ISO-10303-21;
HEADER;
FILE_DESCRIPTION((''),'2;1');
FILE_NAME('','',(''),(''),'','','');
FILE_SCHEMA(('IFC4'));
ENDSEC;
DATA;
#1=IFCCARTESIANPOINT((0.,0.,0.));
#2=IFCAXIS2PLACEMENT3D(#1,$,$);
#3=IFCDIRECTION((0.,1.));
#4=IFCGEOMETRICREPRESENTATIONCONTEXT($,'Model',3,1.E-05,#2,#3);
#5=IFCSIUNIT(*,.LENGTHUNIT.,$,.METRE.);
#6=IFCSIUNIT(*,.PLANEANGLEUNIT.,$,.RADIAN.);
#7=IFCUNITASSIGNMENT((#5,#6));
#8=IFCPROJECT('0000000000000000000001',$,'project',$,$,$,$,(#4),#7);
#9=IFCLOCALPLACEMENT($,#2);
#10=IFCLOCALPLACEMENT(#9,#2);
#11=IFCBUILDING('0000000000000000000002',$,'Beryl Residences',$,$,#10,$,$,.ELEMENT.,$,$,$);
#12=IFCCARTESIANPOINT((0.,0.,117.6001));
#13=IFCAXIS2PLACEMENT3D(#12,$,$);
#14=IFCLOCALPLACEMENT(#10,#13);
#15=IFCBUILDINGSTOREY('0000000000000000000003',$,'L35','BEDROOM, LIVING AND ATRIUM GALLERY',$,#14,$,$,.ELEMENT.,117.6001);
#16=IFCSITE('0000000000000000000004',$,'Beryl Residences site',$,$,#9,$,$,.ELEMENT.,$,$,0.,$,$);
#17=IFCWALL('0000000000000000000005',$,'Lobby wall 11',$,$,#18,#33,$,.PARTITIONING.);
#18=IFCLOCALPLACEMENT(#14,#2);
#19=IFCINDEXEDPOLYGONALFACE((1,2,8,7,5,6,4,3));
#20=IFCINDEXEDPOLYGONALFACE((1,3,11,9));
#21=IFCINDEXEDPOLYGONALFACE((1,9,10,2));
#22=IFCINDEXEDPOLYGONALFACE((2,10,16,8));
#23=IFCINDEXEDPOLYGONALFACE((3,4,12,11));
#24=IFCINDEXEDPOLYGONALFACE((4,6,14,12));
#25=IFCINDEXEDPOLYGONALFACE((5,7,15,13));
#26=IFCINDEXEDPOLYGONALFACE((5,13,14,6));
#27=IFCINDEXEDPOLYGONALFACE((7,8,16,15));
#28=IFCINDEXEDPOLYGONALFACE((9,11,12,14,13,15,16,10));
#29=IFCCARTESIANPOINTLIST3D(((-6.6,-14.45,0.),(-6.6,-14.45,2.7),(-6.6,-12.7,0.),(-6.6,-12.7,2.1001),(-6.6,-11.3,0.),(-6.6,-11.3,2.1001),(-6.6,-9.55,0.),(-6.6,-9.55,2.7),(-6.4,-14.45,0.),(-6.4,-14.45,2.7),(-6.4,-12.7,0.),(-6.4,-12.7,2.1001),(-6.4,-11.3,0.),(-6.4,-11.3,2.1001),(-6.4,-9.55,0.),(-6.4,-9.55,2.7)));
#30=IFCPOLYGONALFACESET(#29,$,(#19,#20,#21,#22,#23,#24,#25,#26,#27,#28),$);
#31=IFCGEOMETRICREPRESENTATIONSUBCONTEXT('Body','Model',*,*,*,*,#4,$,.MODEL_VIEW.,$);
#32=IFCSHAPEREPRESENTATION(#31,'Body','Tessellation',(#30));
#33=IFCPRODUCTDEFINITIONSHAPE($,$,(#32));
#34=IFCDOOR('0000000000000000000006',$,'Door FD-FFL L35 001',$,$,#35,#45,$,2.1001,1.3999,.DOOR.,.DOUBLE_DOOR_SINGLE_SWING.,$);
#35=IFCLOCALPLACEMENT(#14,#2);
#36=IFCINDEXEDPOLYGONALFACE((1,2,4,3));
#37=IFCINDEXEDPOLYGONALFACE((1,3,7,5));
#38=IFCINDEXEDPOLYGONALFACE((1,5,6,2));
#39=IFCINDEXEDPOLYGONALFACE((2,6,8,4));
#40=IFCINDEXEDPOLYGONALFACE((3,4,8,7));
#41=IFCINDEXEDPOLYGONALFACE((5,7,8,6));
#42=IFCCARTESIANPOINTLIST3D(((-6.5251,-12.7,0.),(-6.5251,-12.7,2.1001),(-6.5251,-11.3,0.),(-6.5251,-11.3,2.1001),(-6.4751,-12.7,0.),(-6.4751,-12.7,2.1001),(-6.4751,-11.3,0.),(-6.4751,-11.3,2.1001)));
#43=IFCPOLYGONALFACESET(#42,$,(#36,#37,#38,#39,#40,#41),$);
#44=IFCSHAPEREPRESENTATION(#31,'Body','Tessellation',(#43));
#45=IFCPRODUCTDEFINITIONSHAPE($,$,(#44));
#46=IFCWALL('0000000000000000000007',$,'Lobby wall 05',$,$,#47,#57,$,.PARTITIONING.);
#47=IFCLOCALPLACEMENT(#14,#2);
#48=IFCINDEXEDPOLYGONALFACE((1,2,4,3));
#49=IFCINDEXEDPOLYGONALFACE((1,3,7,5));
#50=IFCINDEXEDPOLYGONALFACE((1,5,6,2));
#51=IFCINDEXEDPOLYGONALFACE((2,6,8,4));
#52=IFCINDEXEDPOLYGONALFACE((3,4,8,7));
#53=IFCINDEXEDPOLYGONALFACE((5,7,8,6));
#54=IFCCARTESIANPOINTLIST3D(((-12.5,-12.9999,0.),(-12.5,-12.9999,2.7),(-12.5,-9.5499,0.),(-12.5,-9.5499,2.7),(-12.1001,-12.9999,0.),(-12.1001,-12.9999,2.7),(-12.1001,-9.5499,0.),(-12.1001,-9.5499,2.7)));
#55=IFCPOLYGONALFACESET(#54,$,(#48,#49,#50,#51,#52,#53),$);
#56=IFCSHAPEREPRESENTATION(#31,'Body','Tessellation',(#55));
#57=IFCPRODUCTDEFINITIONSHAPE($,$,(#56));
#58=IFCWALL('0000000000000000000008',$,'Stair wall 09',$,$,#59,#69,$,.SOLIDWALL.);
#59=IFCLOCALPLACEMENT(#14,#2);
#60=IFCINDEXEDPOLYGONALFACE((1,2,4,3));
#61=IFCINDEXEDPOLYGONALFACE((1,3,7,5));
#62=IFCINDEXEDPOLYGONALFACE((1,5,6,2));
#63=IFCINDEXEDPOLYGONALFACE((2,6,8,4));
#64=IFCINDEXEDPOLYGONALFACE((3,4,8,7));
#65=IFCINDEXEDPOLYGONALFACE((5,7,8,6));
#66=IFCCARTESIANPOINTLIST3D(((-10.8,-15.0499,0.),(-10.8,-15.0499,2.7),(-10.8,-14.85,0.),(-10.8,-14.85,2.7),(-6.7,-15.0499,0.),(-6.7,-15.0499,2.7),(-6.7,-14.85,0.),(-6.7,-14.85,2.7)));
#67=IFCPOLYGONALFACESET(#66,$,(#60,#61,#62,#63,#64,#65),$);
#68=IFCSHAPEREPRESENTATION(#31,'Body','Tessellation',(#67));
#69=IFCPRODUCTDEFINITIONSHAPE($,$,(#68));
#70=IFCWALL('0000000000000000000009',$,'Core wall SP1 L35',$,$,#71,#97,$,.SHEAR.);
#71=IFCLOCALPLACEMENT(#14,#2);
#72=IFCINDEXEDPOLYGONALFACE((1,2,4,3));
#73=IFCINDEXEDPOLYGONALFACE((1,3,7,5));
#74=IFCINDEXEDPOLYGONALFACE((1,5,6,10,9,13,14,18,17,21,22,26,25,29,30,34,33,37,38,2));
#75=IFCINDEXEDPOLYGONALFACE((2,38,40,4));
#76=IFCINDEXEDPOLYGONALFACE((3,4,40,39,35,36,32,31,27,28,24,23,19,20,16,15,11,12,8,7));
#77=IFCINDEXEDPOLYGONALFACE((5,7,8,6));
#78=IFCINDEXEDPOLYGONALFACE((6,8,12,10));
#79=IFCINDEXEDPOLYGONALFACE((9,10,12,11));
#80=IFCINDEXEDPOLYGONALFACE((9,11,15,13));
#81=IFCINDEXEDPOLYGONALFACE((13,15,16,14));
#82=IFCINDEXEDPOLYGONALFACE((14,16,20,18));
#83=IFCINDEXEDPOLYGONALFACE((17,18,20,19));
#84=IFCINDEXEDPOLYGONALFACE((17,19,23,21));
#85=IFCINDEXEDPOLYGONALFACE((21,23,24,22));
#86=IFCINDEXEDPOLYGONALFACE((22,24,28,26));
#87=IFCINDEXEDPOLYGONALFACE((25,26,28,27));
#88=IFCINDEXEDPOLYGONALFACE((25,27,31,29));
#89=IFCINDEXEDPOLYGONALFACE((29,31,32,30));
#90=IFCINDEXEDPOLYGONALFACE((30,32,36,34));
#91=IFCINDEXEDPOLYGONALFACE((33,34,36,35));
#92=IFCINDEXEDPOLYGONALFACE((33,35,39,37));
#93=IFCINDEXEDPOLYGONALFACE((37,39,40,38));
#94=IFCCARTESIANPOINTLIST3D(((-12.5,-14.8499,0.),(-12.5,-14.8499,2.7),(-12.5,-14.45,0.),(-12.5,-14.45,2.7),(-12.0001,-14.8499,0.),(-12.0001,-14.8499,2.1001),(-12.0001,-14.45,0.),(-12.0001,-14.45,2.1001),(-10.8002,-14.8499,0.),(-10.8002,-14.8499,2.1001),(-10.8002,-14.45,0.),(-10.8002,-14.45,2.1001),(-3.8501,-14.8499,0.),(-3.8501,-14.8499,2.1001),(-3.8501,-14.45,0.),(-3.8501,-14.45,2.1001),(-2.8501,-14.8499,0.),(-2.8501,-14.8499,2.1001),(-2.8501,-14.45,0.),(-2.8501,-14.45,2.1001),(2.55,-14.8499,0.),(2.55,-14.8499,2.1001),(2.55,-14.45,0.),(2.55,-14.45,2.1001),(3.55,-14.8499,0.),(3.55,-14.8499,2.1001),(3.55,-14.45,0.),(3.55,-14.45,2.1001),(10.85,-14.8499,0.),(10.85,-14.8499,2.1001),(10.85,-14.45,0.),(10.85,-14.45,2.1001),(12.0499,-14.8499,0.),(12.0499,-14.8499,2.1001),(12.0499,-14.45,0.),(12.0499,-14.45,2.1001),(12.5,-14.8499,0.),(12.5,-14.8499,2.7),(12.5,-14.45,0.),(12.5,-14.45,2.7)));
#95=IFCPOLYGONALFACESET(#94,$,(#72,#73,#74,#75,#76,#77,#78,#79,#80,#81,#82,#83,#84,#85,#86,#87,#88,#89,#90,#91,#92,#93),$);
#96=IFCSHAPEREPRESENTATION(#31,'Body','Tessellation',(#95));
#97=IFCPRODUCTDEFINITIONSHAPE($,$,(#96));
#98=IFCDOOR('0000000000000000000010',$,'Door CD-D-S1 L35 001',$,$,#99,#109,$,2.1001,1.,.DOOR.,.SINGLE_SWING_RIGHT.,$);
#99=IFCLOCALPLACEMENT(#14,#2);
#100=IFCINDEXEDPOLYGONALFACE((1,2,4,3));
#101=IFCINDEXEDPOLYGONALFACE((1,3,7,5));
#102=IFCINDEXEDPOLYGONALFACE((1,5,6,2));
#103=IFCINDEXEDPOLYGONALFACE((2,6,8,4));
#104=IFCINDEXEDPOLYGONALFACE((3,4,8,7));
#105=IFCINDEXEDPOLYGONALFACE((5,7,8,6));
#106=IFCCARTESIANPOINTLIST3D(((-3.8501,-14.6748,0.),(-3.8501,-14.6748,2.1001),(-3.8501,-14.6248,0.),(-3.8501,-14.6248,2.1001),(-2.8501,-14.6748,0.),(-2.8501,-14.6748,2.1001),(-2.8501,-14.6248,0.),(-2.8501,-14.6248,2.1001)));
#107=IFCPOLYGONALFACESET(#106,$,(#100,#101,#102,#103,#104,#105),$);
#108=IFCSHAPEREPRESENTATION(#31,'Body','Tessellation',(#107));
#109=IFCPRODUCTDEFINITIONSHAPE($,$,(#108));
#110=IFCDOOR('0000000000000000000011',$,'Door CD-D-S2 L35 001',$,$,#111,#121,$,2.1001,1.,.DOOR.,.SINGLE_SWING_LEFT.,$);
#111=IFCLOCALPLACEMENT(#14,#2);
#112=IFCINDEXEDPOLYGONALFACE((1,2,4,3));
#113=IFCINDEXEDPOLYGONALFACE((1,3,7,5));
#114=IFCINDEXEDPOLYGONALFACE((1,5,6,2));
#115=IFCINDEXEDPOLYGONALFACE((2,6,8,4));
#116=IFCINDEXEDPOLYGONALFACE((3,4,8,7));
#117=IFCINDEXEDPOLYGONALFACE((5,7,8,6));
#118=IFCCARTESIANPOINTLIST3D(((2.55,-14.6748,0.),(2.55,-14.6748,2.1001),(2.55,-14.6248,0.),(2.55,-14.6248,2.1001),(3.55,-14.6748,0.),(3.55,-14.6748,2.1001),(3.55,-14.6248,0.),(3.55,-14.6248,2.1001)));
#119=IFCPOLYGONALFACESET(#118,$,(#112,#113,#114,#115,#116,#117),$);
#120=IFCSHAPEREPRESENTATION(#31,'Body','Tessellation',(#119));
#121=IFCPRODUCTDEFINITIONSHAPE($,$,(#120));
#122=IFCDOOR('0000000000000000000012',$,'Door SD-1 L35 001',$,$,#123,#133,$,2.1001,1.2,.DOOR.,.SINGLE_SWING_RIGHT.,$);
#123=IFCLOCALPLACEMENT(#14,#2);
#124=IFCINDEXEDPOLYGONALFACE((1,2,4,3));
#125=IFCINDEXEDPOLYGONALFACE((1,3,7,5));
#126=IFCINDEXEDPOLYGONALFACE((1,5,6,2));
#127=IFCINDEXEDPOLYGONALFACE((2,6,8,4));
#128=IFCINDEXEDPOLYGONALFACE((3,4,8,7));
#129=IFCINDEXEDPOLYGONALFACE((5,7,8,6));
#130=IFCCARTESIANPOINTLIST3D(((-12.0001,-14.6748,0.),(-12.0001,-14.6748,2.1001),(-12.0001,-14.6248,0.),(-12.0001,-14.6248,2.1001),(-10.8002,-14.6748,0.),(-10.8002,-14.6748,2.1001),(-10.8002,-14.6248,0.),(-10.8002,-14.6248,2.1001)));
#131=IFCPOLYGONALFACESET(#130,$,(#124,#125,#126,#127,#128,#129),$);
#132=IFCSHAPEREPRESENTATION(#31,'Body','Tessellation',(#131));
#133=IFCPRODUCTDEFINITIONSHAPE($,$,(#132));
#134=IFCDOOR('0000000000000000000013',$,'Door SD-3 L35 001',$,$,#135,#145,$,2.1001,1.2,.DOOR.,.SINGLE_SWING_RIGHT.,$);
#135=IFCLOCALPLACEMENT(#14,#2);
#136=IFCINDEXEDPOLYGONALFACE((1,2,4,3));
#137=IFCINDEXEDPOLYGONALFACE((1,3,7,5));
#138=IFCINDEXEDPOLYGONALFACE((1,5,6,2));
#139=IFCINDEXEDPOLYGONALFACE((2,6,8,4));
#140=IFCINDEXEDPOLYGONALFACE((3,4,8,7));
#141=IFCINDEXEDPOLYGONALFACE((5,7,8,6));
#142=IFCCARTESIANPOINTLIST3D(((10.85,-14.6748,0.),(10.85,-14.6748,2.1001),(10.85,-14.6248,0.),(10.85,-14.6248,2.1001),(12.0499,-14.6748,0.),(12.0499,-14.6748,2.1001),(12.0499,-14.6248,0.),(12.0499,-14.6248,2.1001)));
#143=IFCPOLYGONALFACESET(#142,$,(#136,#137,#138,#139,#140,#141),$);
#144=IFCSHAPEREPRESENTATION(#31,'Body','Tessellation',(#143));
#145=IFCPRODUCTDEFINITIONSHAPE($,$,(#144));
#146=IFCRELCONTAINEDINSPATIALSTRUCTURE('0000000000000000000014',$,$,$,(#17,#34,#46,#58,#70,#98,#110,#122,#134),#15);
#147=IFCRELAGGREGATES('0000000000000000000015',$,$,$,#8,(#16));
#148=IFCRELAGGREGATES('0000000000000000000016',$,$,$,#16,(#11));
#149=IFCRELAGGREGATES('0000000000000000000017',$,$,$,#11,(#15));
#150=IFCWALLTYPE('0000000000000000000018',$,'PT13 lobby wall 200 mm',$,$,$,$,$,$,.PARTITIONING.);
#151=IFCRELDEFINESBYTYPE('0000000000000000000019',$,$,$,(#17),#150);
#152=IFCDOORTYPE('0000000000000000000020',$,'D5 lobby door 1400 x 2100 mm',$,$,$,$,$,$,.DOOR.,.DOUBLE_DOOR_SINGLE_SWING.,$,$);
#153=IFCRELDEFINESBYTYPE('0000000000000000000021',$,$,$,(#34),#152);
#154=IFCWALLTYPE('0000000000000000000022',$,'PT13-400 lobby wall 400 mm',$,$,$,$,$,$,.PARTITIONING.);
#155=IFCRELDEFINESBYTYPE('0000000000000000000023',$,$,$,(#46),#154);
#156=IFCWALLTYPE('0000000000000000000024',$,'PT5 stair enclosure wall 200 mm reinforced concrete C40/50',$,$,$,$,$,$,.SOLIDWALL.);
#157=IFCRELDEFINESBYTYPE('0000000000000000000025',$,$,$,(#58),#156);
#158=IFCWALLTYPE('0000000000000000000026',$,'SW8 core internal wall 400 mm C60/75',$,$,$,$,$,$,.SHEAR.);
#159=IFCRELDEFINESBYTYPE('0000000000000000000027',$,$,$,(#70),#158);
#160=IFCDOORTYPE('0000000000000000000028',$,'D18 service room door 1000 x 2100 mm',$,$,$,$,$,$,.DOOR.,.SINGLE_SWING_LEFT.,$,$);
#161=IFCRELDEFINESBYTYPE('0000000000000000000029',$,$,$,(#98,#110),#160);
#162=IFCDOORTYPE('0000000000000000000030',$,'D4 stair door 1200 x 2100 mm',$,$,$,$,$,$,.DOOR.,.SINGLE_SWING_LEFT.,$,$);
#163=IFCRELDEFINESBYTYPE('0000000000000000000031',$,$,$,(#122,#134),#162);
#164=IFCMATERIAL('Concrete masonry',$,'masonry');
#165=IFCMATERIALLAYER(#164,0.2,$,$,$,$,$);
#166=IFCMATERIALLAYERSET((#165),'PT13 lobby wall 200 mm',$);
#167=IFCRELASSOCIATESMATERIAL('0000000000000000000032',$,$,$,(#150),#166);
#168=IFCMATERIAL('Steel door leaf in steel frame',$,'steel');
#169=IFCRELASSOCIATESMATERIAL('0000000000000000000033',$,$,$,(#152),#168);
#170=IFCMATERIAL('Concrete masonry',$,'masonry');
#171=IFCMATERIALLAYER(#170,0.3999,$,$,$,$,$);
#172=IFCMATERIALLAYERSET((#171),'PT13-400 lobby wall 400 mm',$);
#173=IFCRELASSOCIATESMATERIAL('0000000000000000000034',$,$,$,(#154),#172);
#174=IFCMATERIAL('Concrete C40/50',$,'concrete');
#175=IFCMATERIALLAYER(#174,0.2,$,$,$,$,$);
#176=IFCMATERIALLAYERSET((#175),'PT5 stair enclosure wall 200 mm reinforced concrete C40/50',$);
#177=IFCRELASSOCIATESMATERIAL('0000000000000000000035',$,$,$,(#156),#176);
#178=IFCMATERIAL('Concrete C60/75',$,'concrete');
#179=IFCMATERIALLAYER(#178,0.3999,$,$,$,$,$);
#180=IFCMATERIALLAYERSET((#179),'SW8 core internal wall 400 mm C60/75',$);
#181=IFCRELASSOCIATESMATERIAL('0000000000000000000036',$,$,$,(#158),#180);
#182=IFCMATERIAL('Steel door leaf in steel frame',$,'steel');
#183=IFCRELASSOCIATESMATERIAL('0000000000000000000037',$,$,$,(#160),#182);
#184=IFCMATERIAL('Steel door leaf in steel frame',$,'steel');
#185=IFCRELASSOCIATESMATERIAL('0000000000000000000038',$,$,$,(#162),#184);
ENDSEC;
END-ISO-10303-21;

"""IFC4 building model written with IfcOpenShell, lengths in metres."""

from ifc_helpers import new_model, si_unit, direction, frame, frame_2d, origin, place, context, subcontext, project, spatial, rectangle, extrude, material, layer, layer_set, type_object, element, fill, save


model = new_model("IFC4")

# Units and contexts
model_context = context("Model", 3, precision=1e-05, world=origin(), true_north=direction((0.0, 1.0)))
body_context = subcontext(model_context, "Body", "Model", "MODEL_VIEW")
ifc_project = project(units=[si_unit("LENGTHUNIT", "METRE"), si_unit("PLANEANGLEUNIT", "RADIAN")], contexts=[model_context])

# Site, building, storey
site_placement = place(None, origin())
site = spatial("IfcSite", under=ifc_project, at=site_placement, Name="Beryl Residences site", CompositionType="ELEMENT", RefElevation=0.0)
building_placement = place(site_placement, origin())
building = spatial("IfcBuilding", under=site, at=building_placement, Name="Beryl Residences", CompositionType="ELEMENT")
storey_placement = place(building_placement, frame((0.0, 0.0, 117.6001)))
storey = spatial("IfcBuildingStorey", under=building, at=storey_placement, Name="L35", Description="BEDROOM, LIVING AND ATRIUM GALLERY", CompositionType="ELEMENT", Elevation=117.6001)

# Wall, opening, door
ifc_material_1 = material(Name="Concrete masonry", Category="masonry")
ifc_layer_1 = layer(ifc_material_1, 0.2)
ifc_layer_set_1 = layer_set([ifc_layer_1], Name="PT13 lobby wall 200 mm")
wall_type_1 = type_object("IfcWallType", Name="PT13 lobby wall 200 mm", PredefinedType="PARTITIONING", material=ifc_layer_set_1)
wall_1_placement = place(storey_placement, frame((-6.5, -14.45, 0.0), z_axis=(0.0, 0.0, 1.0), x_axis=(0.0, 1.0, 0.0)))
wall_1 = element("IfcWall", 1, at=wall_1_placement, inside=storey, type_object=wall_type_1, Name="Lobby wall 11", PredefinedType="PARTITIONING", context=body_context, shape_type="SweptSolid", body=[
    extrude(rectangle(XDim=4.8999, YDim=0.2, at=frame_2d((2.45, 0.0))), origin(), (0.0, 0.0, 1.0), 2.7),
])
opening_1_placement = place(wall_1_placement, frame((3.1499, 0.0, 0.0), z_axis=(0.0, 0.0, 1.0), x_axis=(-1.0, 0.0, 0.0)))
opening_1 = element("IfcOpeningElement", 2, at=opening_1_placement, cuts=wall_1, PredefinedType="OPENING", context=body_context, shape_type="SweptSolid", body=[
    extrude(rectangle(XDim=1.3999, YDim=2.1001, at=frame_2d((0.7, 1.05))), frame((0.0, 0.1099, 0.0), z_axis=(0.0, -1.0, 0.0), x_axis=(1.0, 0.0, 0.0)), (0.0, 0.0, 1.0), 0.22),
])
ifc_material_2 = material(Name="Steel door leaf in steel frame", Category="steel")
door_type_1 = type_object("IfcDoorType", Name="D5 lobby door 1400 x 2100 mm", OperationType="DOUBLE_DOOR_SINGLE_SWING", PredefinedType="DOOR", material=ifc_material_2)
door_1_placement = place(opening_1_placement, origin())
door_1 = element("IfcDoor", 3, at=door_1_placement, inside=storey, type_object=door_type_1, Name="Door FD-FFL L35 001", OperationType="DOUBLE_DOOR_SINGLE_SWING", OverallHeight=2.1001, OverallWidth=1.3999, PredefinedType="DOOR", context=body_context, shape_type="SweptSolid", body=[
    extrude(rectangle(XDim=1.3999, YDim=2.1001, at=frame_2d((0.7, 1.05))), frame((0.0, 0.0249, 0.0), z_axis=(0.0, -1.0, 0.0), x_axis=(1.0, 0.0, 0.0)), (0.0, 0.0, 1.0), 0.05),
])
fill(opening_1, door_1)

# Walls
ifc_material_3 = material(Name="Concrete masonry", Category="masonry")
ifc_layer_2 = layer(ifc_material_3, 0.3999)
ifc_layer_set_2 = layer_set([ifc_layer_2], Name="PT13-400 lobby wall 400 mm")
wall_type_2 = type_object("IfcWallType", Name="PT13-400 lobby wall 400 mm", PredefinedType="PARTITIONING", material=ifc_layer_set_2)
wall_2_placement = place(storey_placement, frame((-12.3, -13.0, 0.0), z_axis=(0.0, 0.0, 1.0), x_axis=(0.0, 1.0, 0.0)))
element("IfcWall", 4, at=wall_2_placement, inside=storey, type_object=wall_type_2, Name="Lobby wall 05", PredefinedType="PARTITIONING", context=body_context, shape_type="SweptSolid", body=[
    extrude(rectangle(XDim=3.45, YDim=0.3999, at=frame_2d((1.7251, 0.0))), origin(), (0.0, 0.0, 1.0), 2.7),
])
ifc_material_4 = material(Name="Concrete C40/50", Category="concrete")
ifc_layer_3 = layer(ifc_material_4, 0.2)
ifc_layer_set_3 = layer_set([ifc_layer_3], Name="PT5 stair enclosure wall 200 mm reinforced concrete C40/50")
wall_type_3 = type_object("IfcWallType", Name="PT5 stair enclosure wall 200 mm reinforced concrete C40/50", PredefinedType="SOLIDWALL", material=ifc_layer_set_3)
wall_3_placement = place(storey_placement, frame((-10.8, -14.95, 0.0), z_axis=(0.0, 0.0, 1.0), x_axis=(1.0, 0.0, 0.0)))
element("IfcWall", 5, at=wall_3_placement, inside=storey, type_object=wall_type_3, Name="Stair wall 09", PredefinedType="SOLIDWALL", context=body_context, shape_type="SweptSolid", body=[
    extrude(rectangle(XDim=4.1001, YDim=0.2, at=frame_2d((2.05, 0.0))), origin(), (0.0, 0.0, 1.0), 2.7),
])

# Wall, openings, doors
ifc_material_5 = material(Name="Concrete C60/75", Category="concrete")
ifc_layer_4 = layer(ifc_material_5, 0.3999)
ifc_layer_set_4 = layer_set([ifc_layer_4], Name="SW8 core internal wall 400 mm C60/75")
wall_type_4 = type_object("IfcWallType", Name="SW8 core internal wall 400 mm C60/75", PredefinedType="SHEAR", material=ifc_layer_set_4)
wall_4_placement = place(storey_placement, frame((-12.5, -14.6499, 0.0), z_axis=(0.0, 0.0, 1.0), x_axis=(1.0, 0.0, 0.0)))
wall_4 = element("IfcWall", 6, at=wall_4_placement, inside=storey, type_object=wall_type_4, Name="Core wall SP1 L35", PredefinedType="SHEAR", context=body_context, shape_type="SweptSolid", body=[
    extrude(rectangle(XDim=25.0, YDim=0.3999, at=frame_2d((12.5, 0.0))), origin(), (0.0, 0.0, 1.0), 2.7),
])
opening_2_placement = place(wall_4_placement, frame((1.7, 0.0, 0.0), z_axis=(0.0, 0.0, 1.0), x_axis=(-1.0, 0.0, 0.0)))
opening_2 = element("IfcOpeningElement", 7, at=opening_2_placement, cuts=wall_4, PredefinedType="OPENING", context=body_context, shape_type="SweptSolid", body=[
    extrude(rectangle(XDim=1.2, YDim=2.1001, at=frame_2d((0.6001, 1.05))), frame((0.0, 0.21, 0.0), z_axis=(0.0, -1.0, 0.0), x_axis=(1.0, 0.0, 0.0)), (0.0, 0.0, 1.0), 0.4199),
])
opening_3_placement = place(wall_4_placement, frame((24.55, 0.0, 0.0), z_axis=(0.0, 0.0, 1.0), x_axis=(-1.0, 0.0, 0.0)))
opening_3 = element("IfcOpeningElement", 8, at=opening_3_placement, cuts=wall_4, PredefinedType="OPENING", context=body_context, shape_type="SweptSolid", body=[
    extrude(rectangle(XDim=1.2, YDim=2.1001, at=frame_2d((0.6001, 1.05))), frame((0.0, 0.21, 0.0), z_axis=(0.0, -1.0, 0.0), x_axis=(1.0, 0.0, 0.0)), (0.0, 0.0, 1.0), 0.4199),
])
opening_4_placement = place(wall_4_placement, frame((9.6499, 0.0, 0.0), z_axis=(0.0, 0.0, 1.0), x_axis=(-1.0, 0.0, 0.0)))
opening_4 = element("IfcOpeningElement", 9, at=opening_4_placement, cuts=wall_4, PredefinedType="OPENING", context=body_context, shape_type="SweptSolid", body=[
    extrude(rectangle(XDim=1.0, YDim=2.1001, at=frame_2d((0.5, 1.05))), frame((0.0, 0.21, 0.0), z_axis=(0.0, -1.0, 0.0), x_axis=(1.0, 0.0, 0.0)), (0.0, 0.0, 1.0), 0.4199),
])
opening_5_placement = place(wall_4_placement, frame((16.05, 0.0, 0.0), z_axis=(0.0, 0.0, 1.0), x_axis=(-1.0, 0.0, 0.0)))
opening_5 = element("IfcOpeningElement", 10, at=opening_5_placement, cuts=wall_4, PredefinedType="OPENING", context=body_context, shape_type="SweptSolid", body=[
    extrude(rectangle(XDim=1.0, YDim=2.1001, at=frame_2d((0.5, 1.05))), frame((0.0, 0.21, 0.0), z_axis=(0.0, -1.0, 0.0), x_axis=(1.0, 0.0, 0.0)), (0.0, 0.0, 1.0), 0.4199),
])
ifc_material_6 = material(Name="Steel door leaf in steel frame", Category="steel")
door_type_2 = type_object("IfcDoorType", Name="D18 service room door 1000 x 2100 mm", OperationType="SINGLE_SWING_LEFT", PredefinedType="DOOR", material=ifc_material_6)
door_2_placement = place(opening_4_placement, origin())
door_2 = element("IfcDoor", 11, at=door_2_placement, inside=storey, type_object=door_type_2, Name="Door CD-D-S1 L35 001", OperationType="SINGLE_SWING_RIGHT", OverallHeight=2.1001, OverallWidth=1.0, PredefinedType="DOOR", context=body_context, shape_type="SweptSolid", body=[
    extrude(rectangle(XDim=1.0, YDim=2.1001, at=frame_2d((0.5, 1.05))), frame((0.0, 0.0249, 0.0), z_axis=(0.0, -1.0, 0.0), x_axis=(1.0, 0.0, 0.0)), (0.0, 0.0, 1.0), 0.05),
])
fill(opening_4, door_2)
door_3_placement = place(opening_5_placement, origin())
door_3 = element("IfcDoor", 12, at=door_3_placement, inside=storey, type_object=door_type_2, Name="Door CD-D-S2 L35 001", OperationType="SINGLE_SWING_LEFT", OverallHeight=2.1001, OverallWidth=1.0, PredefinedType="DOOR", context=body_context, shape_type="SweptSolid", body=[
    extrude(rectangle(XDim=1.0, YDim=2.1001, at=frame_2d((0.5, 1.05))), frame((0.0, 0.0249, 0.0), z_axis=(0.0, -1.0, 0.0), x_axis=(1.0, 0.0, 0.0)), (0.0, 0.0, 1.0), 0.05),
])
fill(opening_5, door_3)
ifc_material_7 = material(Name="Steel door leaf in steel frame", Category="steel")
door_type_3 = type_object("IfcDoorType", Name="D4 stair door 1200 x 2100 mm", OperationType="SINGLE_SWING_LEFT", PredefinedType="DOOR", material=ifc_material_7)
door_4_placement = place(opening_2_placement, origin())
door_4 = element("IfcDoor", 13, at=door_4_placement, inside=storey, type_object=door_type_3, Name="Door SD-1 L35 001", OperationType="SINGLE_SWING_RIGHT", OverallHeight=2.1001, OverallWidth=1.2, PredefinedType="DOOR", context=body_context, shape_type="SweptSolid", body=[
    extrude(rectangle(XDim=1.2, YDim=2.1001, at=frame_2d((0.6001, 1.05))), frame((0.0, 0.0249, 0.0), z_axis=(0.0, -1.0, 0.0), x_axis=(1.0, 0.0, 0.0)), (0.0, 0.0, 1.0), 0.05),
])
fill(opening_2, door_4)
door_5_placement = place(opening_3_placement, origin())
door_5 = element("IfcDoor", 14, at=door_5_placement, inside=storey, type_object=door_type_3, Name="Door SD-3 L35 001", OperationType="SINGLE_SWING_RIGHT", OverallHeight=2.1001, OverallWidth=1.2, PredefinedType="DOOR", context=body_context, shape_type="SweptSolid", body=[
    extrude(rectangle(XDim=1.2, YDim=2.1001, at=frame_2d((0.6001, 1.05))), frame((0.0, 0.0249, 0.0), z_axis=(0.0, -1.0, 0.0), x_axis=(1.0, 0.0, 0.0)), (0.0, 0.0, 1.0), 0.05),
])
fill(opening_3, door_5)

save(model, "model.ifc")
